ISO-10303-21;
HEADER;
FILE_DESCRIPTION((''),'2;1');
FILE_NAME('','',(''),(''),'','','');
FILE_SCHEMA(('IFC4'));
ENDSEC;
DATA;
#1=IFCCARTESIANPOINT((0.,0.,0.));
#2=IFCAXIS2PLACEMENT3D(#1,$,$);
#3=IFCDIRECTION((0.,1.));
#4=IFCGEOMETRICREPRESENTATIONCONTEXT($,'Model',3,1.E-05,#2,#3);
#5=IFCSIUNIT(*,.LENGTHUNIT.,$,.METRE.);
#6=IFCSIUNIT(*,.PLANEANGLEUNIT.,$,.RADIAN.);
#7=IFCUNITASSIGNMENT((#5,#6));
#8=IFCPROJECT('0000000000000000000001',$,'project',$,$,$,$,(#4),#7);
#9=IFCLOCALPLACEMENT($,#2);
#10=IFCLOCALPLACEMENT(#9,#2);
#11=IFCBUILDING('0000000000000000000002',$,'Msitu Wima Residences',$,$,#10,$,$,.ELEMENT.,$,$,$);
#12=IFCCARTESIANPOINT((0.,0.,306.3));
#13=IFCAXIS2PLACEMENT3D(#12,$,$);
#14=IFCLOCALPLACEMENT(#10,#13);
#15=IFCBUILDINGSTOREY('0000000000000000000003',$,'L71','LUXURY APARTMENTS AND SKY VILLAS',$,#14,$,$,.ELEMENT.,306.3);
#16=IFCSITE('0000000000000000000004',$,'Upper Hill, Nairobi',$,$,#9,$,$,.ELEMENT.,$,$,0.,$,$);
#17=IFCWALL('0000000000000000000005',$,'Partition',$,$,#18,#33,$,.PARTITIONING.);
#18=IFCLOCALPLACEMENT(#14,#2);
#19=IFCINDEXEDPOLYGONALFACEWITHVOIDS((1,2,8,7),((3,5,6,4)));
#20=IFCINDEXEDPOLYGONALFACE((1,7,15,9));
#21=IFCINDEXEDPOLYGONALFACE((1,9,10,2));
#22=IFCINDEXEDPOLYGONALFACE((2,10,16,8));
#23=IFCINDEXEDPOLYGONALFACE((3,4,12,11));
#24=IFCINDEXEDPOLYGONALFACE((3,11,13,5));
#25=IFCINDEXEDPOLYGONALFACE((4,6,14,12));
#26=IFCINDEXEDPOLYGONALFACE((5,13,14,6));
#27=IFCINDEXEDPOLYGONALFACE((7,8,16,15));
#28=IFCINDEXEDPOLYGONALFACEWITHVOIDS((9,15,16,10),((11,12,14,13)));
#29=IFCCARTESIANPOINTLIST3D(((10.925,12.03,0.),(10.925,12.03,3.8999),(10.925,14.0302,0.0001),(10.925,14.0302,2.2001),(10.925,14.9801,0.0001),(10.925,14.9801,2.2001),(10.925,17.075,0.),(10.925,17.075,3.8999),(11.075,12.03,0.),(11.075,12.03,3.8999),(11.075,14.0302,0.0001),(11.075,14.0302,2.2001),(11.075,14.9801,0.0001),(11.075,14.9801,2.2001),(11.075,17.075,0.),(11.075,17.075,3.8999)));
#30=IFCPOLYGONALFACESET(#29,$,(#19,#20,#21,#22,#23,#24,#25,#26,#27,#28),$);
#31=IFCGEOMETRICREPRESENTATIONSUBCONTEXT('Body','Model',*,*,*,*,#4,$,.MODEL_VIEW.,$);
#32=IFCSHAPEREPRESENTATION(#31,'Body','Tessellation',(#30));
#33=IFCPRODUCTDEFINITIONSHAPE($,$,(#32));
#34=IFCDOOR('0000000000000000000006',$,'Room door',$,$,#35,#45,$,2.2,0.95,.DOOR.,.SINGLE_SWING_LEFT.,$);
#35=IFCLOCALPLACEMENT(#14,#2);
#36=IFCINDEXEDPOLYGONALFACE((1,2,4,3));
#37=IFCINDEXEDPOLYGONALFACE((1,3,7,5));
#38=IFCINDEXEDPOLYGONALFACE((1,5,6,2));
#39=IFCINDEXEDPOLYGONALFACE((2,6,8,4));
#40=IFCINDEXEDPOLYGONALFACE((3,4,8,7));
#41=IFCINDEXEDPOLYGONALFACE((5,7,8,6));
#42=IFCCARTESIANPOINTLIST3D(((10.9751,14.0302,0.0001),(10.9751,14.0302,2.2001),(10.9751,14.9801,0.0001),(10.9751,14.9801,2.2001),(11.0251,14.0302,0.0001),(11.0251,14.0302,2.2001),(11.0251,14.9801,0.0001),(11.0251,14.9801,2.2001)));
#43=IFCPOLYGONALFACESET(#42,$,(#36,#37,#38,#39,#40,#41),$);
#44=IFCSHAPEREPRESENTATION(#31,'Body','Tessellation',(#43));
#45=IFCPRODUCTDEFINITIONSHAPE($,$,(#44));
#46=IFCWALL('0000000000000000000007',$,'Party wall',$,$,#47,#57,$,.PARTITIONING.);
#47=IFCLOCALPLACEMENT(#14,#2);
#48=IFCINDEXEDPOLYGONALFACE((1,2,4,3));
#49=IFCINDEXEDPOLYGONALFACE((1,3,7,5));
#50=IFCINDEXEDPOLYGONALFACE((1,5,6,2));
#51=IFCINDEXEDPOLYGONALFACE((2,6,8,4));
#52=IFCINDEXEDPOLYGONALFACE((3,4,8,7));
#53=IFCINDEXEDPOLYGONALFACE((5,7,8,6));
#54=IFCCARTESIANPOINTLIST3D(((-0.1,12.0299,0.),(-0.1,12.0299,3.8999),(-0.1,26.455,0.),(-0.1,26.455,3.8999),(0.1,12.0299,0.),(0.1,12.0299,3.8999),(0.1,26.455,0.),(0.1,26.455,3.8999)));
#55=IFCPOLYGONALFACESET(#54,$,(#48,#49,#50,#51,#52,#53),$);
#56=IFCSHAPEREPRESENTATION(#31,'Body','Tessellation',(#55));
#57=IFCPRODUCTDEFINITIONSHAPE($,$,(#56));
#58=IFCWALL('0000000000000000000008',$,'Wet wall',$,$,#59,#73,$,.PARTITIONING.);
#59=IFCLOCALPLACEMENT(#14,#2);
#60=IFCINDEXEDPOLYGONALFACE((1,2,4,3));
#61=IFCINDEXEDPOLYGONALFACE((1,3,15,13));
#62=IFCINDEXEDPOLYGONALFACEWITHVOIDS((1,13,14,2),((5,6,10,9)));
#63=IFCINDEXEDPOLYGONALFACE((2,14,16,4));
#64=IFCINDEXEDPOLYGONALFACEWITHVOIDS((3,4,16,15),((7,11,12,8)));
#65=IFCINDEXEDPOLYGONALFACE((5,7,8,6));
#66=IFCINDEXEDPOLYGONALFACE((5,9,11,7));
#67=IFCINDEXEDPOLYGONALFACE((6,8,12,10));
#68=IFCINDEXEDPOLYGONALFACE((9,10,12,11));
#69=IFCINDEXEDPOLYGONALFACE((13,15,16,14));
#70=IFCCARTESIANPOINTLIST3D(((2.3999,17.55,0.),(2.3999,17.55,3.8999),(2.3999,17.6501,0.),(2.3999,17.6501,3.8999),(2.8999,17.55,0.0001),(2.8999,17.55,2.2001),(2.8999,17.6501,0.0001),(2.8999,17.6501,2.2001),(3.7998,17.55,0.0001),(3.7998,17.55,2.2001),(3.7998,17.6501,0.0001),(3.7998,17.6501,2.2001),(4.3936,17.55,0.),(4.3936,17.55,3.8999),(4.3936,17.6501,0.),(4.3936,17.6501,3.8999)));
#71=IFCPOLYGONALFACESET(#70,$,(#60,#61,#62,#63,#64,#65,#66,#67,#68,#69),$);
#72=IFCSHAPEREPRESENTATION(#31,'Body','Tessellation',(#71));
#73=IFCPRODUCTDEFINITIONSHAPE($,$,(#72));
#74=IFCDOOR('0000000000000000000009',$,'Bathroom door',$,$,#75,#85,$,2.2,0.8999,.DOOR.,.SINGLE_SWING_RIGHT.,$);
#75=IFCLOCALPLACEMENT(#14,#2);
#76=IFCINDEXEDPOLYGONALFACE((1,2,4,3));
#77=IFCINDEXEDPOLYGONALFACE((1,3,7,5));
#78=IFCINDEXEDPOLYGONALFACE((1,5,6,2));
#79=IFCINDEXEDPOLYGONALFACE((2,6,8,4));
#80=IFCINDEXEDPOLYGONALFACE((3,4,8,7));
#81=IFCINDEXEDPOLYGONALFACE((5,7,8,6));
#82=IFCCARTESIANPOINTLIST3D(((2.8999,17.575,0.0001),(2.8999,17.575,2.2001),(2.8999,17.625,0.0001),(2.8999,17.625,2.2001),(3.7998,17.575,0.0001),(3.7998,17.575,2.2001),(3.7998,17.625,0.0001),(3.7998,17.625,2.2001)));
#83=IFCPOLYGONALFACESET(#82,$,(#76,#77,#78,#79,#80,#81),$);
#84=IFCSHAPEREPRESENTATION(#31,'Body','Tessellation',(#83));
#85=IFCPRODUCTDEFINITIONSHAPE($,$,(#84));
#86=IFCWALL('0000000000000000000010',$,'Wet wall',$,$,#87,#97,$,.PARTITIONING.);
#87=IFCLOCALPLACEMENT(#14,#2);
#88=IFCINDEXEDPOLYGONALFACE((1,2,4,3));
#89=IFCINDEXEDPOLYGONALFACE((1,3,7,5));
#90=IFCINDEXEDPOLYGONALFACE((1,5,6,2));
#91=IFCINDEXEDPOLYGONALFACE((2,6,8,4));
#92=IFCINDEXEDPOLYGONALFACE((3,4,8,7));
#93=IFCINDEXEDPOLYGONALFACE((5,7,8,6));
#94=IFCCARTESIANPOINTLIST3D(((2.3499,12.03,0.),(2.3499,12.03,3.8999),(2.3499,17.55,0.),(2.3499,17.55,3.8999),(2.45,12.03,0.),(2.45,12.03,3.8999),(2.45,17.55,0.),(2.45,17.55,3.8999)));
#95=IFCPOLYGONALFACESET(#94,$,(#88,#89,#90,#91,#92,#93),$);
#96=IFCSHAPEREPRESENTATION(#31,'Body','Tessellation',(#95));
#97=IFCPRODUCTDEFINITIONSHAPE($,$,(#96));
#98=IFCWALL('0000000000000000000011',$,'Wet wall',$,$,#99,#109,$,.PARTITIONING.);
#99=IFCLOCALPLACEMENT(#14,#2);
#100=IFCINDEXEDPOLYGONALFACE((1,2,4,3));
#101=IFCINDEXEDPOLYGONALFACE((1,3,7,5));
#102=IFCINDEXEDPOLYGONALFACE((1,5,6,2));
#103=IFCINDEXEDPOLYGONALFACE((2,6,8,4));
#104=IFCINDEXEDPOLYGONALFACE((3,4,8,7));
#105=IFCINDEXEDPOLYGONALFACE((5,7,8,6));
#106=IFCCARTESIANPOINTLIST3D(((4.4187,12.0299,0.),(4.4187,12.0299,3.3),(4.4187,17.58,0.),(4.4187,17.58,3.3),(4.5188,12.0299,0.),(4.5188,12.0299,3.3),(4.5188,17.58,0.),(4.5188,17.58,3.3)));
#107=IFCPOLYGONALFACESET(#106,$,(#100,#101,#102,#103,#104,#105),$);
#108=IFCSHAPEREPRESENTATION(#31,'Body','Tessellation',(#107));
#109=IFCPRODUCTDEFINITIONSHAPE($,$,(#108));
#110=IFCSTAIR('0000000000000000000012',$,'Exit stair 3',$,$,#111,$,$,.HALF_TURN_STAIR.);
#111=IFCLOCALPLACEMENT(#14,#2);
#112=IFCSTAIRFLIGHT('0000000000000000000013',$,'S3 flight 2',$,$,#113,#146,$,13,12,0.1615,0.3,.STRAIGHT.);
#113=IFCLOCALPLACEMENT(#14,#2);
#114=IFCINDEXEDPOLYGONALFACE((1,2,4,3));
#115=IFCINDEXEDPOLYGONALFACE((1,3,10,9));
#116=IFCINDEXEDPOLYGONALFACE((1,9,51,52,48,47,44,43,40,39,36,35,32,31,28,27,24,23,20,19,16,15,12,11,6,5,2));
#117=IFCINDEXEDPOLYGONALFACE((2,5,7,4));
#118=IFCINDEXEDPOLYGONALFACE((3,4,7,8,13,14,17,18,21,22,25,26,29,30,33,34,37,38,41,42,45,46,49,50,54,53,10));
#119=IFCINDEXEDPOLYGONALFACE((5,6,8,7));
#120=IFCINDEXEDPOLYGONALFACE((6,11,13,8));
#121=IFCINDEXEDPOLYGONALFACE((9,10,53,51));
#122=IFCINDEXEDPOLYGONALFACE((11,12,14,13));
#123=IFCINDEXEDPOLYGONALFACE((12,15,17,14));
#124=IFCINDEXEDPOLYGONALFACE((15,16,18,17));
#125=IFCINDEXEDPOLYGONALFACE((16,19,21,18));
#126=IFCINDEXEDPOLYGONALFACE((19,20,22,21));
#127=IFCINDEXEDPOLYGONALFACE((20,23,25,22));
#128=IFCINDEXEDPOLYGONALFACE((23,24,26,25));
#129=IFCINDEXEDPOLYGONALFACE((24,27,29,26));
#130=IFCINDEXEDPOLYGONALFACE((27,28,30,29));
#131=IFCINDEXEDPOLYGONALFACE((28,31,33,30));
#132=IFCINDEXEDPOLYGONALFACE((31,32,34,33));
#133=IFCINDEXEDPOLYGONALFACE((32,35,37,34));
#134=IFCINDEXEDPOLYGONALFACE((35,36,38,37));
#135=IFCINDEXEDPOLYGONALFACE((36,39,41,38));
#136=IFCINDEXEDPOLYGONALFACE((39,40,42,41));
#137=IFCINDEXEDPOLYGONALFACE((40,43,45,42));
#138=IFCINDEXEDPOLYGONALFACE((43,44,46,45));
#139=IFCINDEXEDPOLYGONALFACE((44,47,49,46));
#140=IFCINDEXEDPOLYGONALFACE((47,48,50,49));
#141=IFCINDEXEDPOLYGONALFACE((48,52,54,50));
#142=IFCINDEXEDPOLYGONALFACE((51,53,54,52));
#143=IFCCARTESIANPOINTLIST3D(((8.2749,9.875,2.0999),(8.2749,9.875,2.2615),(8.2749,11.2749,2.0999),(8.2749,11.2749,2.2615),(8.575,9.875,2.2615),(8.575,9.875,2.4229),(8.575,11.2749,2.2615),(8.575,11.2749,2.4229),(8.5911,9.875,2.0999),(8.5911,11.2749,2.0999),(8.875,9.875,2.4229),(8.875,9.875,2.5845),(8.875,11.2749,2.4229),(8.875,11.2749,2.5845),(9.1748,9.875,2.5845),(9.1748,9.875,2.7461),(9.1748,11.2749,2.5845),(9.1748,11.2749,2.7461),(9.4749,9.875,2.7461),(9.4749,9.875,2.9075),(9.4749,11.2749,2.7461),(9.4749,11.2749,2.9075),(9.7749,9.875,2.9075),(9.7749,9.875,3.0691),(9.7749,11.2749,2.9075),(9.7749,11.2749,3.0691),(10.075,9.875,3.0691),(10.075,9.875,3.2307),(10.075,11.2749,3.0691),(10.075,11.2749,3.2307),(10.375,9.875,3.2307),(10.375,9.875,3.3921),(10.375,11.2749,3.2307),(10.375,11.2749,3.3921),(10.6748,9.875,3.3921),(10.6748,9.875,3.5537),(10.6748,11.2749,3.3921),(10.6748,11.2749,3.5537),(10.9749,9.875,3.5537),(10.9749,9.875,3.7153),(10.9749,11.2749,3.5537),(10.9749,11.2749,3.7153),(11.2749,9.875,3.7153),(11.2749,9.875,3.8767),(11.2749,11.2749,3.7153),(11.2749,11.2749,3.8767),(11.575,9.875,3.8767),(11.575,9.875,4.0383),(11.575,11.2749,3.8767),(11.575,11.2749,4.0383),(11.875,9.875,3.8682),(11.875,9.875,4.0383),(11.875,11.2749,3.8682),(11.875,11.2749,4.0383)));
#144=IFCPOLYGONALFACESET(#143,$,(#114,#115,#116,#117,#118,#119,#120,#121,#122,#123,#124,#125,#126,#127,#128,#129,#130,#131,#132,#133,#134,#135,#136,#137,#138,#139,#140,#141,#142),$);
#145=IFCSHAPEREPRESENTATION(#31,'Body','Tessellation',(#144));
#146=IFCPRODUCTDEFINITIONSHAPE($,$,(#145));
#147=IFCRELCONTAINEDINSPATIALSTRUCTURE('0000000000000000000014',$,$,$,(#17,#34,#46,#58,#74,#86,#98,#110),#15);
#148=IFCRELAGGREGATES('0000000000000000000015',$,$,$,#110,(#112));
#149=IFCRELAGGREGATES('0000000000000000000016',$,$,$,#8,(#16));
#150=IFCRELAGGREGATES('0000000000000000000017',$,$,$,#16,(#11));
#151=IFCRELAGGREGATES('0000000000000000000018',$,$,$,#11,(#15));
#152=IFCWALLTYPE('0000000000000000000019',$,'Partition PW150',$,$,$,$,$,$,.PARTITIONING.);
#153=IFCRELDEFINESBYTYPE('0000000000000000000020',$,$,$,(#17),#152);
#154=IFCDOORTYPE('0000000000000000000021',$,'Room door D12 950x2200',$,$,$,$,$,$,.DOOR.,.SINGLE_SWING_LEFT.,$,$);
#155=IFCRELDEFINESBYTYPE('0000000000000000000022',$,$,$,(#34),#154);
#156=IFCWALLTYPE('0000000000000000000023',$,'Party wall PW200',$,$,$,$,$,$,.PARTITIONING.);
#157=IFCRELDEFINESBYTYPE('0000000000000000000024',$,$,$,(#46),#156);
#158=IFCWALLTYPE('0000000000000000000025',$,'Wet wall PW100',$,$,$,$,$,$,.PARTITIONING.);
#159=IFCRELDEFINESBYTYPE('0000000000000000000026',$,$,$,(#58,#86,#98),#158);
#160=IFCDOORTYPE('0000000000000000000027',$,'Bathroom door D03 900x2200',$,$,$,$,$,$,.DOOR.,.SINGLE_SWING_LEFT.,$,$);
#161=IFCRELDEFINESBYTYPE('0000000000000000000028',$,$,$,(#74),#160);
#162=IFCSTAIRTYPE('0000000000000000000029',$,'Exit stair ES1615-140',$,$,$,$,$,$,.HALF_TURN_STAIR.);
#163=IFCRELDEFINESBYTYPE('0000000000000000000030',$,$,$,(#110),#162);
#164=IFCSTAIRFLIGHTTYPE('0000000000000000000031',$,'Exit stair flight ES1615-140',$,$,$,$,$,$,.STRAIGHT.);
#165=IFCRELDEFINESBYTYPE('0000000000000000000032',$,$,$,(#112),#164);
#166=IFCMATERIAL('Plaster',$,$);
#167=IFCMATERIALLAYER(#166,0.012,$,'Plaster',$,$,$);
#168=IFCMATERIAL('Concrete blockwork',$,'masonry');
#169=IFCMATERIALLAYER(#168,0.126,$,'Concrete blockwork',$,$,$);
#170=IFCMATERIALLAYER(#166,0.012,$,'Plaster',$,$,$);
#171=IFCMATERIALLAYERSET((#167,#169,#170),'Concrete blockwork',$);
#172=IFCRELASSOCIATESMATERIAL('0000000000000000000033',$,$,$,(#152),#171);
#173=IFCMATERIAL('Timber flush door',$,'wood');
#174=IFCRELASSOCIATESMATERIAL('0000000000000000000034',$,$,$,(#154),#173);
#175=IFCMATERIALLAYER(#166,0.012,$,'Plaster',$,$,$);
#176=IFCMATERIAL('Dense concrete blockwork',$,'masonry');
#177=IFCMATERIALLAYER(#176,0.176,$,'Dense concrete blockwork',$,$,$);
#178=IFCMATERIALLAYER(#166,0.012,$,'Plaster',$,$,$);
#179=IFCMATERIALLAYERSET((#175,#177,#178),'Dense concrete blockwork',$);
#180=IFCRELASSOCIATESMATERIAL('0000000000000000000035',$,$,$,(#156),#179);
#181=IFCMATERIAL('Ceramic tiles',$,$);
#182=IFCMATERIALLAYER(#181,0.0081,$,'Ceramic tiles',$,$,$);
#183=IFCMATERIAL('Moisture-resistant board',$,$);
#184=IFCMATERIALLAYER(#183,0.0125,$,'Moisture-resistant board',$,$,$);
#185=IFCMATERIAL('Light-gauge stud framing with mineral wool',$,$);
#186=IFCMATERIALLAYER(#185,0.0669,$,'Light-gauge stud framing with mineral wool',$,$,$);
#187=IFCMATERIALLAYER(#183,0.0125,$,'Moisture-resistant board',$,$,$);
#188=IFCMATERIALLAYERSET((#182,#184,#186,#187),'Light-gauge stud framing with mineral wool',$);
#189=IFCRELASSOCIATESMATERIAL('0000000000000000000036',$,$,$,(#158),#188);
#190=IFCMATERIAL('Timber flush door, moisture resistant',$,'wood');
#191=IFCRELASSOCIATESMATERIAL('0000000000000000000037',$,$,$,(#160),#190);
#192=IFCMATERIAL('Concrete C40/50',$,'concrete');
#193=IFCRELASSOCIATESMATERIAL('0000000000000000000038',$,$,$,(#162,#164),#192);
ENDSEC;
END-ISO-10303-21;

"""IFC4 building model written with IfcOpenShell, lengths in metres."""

from ifc_helpers import new_model, si_unit, direction, frame, frame_2d, origin, place, context, subcontext, project, spatial, polyline, rectangle, outline, extrude, material, layer, layer_set, type_object, element, fill, aggregate, save


model = new_model("IFC4")

# Units and contexts
model_context = context("Model", 3, precision=1e-05, world=origin(), true_north=direction((0.0, 1.0)))
body_context = subcontext(model_context, "Body", "Model", "MODEL_VIEW")
ifc_project = project(units=[si_unit("LENGTHUNIT", "METRE"), si_unit("PLANEANGLEUNIT", "RADIAN")], contexts=[model_context])

# Site, building, storey
site_placement = place(None, origin())
site = spatial("IfcSite", under=ifc_project, at=site_placement, Name="Upper Hill, Nairobi", CompositionType="ELEMENT", RefElevation=0.0)
building_placement = place(site_placement, origin())
building = spatial("IfcBuilding", under=site, at=building_placement, Name="Msitu Wima Residences", CompositionType="ELEMENT")
storey_placement = place(building_placement, frame((0.0, 0.0, 306.3)))
storey = spatial("IfcBuildingStorey", under=building, at=storey_placement, Name="L71", Description="LUXURY APARTMENTS AND SKY VILLAS", CompositionType="ELEMENT", Elevation=306.3)

# Shared definitions
ifc_material_1 = material(Name="Concrete C40/50", Category="concrete")

# Shared definitions
ifc_material_2 = material(Name="Plaster")
ifc_layer_1 = layer(ifc_material_2, 0.012, Name="Plaster")
ifc_material_3 = material(Name="Concrete blockwork", Category="masonry")
ifc_layer_2 = layer(ifc_material_3, 0.126, Name="Concrete blockwork")
ifc_layer_3 = layer(ifc_material_2, 0.012, Name="Plaster")
ifc_layer_set_1 = layer_set([ifc_layer_1, ifc_layer_2, ifc_layer_3], Name="Concrete blockwork")
wall_type_1 = type_object("IfcWallType", Name="Partition PW150", PredefinedType="PARTITIONING", material=ifc_layer_set_1)
ifc_material_4 = material(Name="Timber flush door", Category="wood")
door_type_1 = type_object("IfcDoorType", Name="Room door D12 950x2200", OperationType="SINGLE_SWING_LEFT", PredefinedType="DOOR", material=ifc_material_4)

# Wall, opening, door
wall_1_placement = place(storey_placement, frame((11.0, 12.03, 0.0), z_axis=(0.0, 0.0, 1.0), x_axis=(0.0, 1.0, 0.0)))
wall_1 = element("IfcWall", 1, at=wall_1_placement, inside=storey, type_object=wall_type_1, Name="Partition", PredefinedType="PARTITIONING", context=body_context, shape_type="SweptSolid", body=[
    extrude(rectangle(XDim=5.0449, YDim=0.1499, at=frame_2d((2.5225, 0.0))), origin(), (0.0, 0.0, 1.0), 3.8999),
])
opening_1_placement = place(wall_1_placement, frame((2.0, 0.0, 0.0)))
opening_1 = element("IfcOpeningElement", 2, at=opening_1_placement, cuts=wall_1, PredefinedType="OPENING", context=body_context, shape_type="SweptSolid", body=[
    extrude(rectangle(XDim=0.95, YDim=2.2, at=frame_2d((0.4751, 1.1001))), frame((0.0, 0.085, 0.0), z_axis=(0.0, -1.0, 0.0), x_axis=(1.0, 0.0, 0.0)), (0.0, 0.0, 1.0), 0.1699),
])
door_1_placement = place(opening_1_placement, origin())
door_1 = element("IfcDoor", 3, at=door_1_placement, inside=storey, type_object=door_type_1, Name="Room door", OperationType="SINGLE_SWING_LEFT", OverallHeight=2.2, OverallWidth=0.95, PredefinedType="DOOR", context=body_context, shape_type="SweptSolid", body=[
    extrude(rectangle(XDim=0.95, YDim=2.2, at=frame_2d((0.4751, 1.1001))), frame((0.0, 0.0249, 0.0), z_axis=(0.0, -1.0, 0.0), x_axis=(1.0, 0.0, 0.0)), (0.0, 0.0, 1.0), 0.05),
])
fill(opening_1, door_1)

# Wall
ifc_layer_4 = layer(ifc_material_2, 0.012, Name="Plaster")
ifc_material_5 = material(Name="Dense concrete blockwork", Category="masonry")
ifc_layer_5 = layer(ifc_material_5, 0.176, Name="Dense concrete blockwork")
ifc_layer_6 = layer(ifc_material_2, 0.012, Name="Plaster")
ifc_layer_set_2 = layer_set([ifc_layer_4, ifc_layer_5, ifc_layer_6], Name="Dense concrete blockwork")
wall_type_2 = type_object("IfcWallType", Name="Party wall PW200", PredefinedType="PARTITIONING", material=ifc_layer_set_2)
wall_2_placement = place(storey_placement, frame((0.0, 12.03, 0.0), z_axis=(0.0, 0.0, 1.0), x_axis=(0.0, 1.0, 0.0)))
element("IfcWall", 4, at=wall_2_placement, inside=storey, type_object=wall_type_2, Name="Party wall", PredefinedType="PARTITIONING", context=body_context, shape_type="SweptSolid", body=[
    extrude(rectangle(XDim=14.425, YDim=0.2, at=frame_2d((7.2124, 0.0))), origin(), (0.0, 0.0, 1.0), 3.8999),
])

# Wall, opening, door
ifc_material_6 = material(Name="Ceramic tiles")
ifc_layer_7 = layer(ifc_material_6, 0.0081, Name="Ceramic tiles")
ifc_material_7 = material(Name="Moisture-resistant board")
ifc_layer_8 = layer(ifc_material_7, 0.0125, Name="Moisture-resistant board")
ifc_material_8 = material(Name="Light-gauge stud framing with mineral wool")
ifc_layer_9 = layer(ifc_material_8, 0.0669, Name="Light-gauge stud framing with mineral wool")
ifc_layer_10 = layer(ifc_material_7, 0.0125, Name="Moisture-resistant board")
ifc_layer_set_3 = layer_set([ifc_layer_7, ifc_layer_8, ifc_layer_9, ifc_layer_10], Name="Light-gauge stud framing with mineral wool")
wall_type_3 = type_object("IfcWallType", Name="Wet wall PW100", PredefinedType="PARTITIONING", material=ifc_layer_set_3)
wall_3_placement = place(storey_placement, frame((2.3999, 17.6001, 0.0), z_axis=(0.0, 0.0, 1.0), x_axis=(1.0, 0.0, 0.0)))
wall_3 = element("IfcWall", 5, at=wall_3_placement, inside=storey, type_object=wall_type_3, Name="Wet wall", PredefinedType="PARTITIONING", context=body_context, shape_type="SweptSolid", body=[
    extrude(rectangle(XDim=1.9937, YDim=0.1001, at=frame_2d((0.9968, 0.0))), origin(), (0.0, 0.0, 1.0), 3.8999),
])
opening_2_placement = place(wall_3_placement, frame((0.5, 0.0, 0.0)))
opening_2 = element("IfcOpeningElement", 6, at=opening_2_placement, cuts=wall_3, PredefinedType="OPENING", context=body_context, shape_type="SweptSolid", body=[
    extrude(rectangle(XDim=0.8999, YDim=2.2, at=frame_2d((0.45, 1.1001))), frame((0.0, 0.0601, 0.0), z_axis=(0.0, -1.0, 0.0), x_axis=(1.0, 0.0, 0.0)), (0.0, 0.0, 1.0), 0.1201),
])
ifc_material_9 = material(Name="Timber flush door, moisture resistant", Category="wood")
door_type_2 = type_object("IfcDoorType", Name="Bathroom door D03 900x2200", OperationType="SINGLE_SWING_LEFT", PredefinedType="DOOR", material=ifc_material_9)
door_2_placement = place(opening_2_placement, origin())
door_2 = element("IfcDoor", 7, at=door_2_placement, inside=storey, type_object=door_type_2, Name="Bathroom door", OperationType="SINGLE_SWING_RIGHT", OverallHeight=2.2, OverallWidth=0.8999, PredefinedType="DOOR", context=body_context, shape_type="SweptSolid", body=[
    extrude(rectangle(XDim=0.8999, YDim=2.2, at=frame_2d((0.45, 1.1001))), frame((0.0, 0.0249, 0.0), z_axis=(0.0, -1.0, 0.0), x_axis=(1.0, 0.0, 0.0)), (0.0, 0.0, 1.0), 0.05),
])
fill(opening_2, door_2)

# Walls
wall_4_placement = place(storey_placement, frame((2.3999, 12.03, 0.0), z_axis=(0.0, 0.0, 1.0), x_axis=(0.0, 1.0, 0.0)))
element("IfcWall", 8, at=wall_4_placement, inside=storey, type_object=wall_type_3, Name="Wet wall", PredefinedType="PARTITIONING", context=body_context, shape_type="SweptSolid", body=[
    extrude(rectangle(XDim=5.52, YDim=0.1001, at=frame_2d((2.76, 0.0))), origin(), (0.0, 0.0, 1.0), 3.8999),
])
wall_5_placement = place(storey_placement, frame((4.4688, 12.03, 0.0), z_axis=(0.0, 0.0, 1.0), x_axis=(0.0, 1.0, 0.0)))
element("IfcWall", 9, at=wall_5_placement, inside=storey, type_object=wall_type_3, Name="Wet wall", PredefinedType="PARTITIONING", context=body_context, shape_type="SweptSolid", body=[
    extrude(rectangle(XDim=5.55, YDim=0.1001, at=frame_2d((2.7749, 0.0))), origin(), (0.0, 0.0, 1.0), 3.3),
])

# Stair, stair flight
stair_type = type_object("IfcStairType", Name="Exit stair ES1615-140", PredefinedType="HALF_TURN_STAIR", material=ifc_material_1)
stair_placement = place(storey_placement, origin())
stair = element("IfcStair", 10, at=stair_placement, inside=storey, type_object=stair_type, Name="Exit stair 3", PredefinedType="HALF_TURN_STAIR")
stair_flight_type = type_object("IfcStairFlightType", Name="Exit stair flight ES1615-140", PredefinedType="STRAIGHT", material=ifc_material_1)
stair_flight_placement = place(storey_placement, frame((8.2749, 10.575, 2.0999), z_axis=(0.0, 0.0, 1.0), x_axis=(1.0, 0.0, 0.0)))
stair_flight = element("IfcStairFlight", 11, at=stair_flight_placement, type_object=stair_flight_type, Name="S3 flight 2", NumberOfRisers=13, NumberOfTreads=12, PredefinedType="STRAIGHT", RiserHeight=0.1615, TreadLength=0.3, context=body_context, shape_type="SweptSolid", body=[
    extrude(outline(polyline([(0.0, 0.0), (0.0, 0.1616), (0.3, 0.1616), (0.3, 0.323), (0.6001, 0.323), (0.6001, 0.4846), (0.8999, 0.4846), (0.8999, 0.6462), (1.2, 0.6462), (1.2, 0.8076), (1.5, 0.8076), (1.5, 0.9692), (1.8, 0.9692), (1.8, 1.1309), (2.1001, 1.1309), (2.1001, 1.2922), (2.3999, 1.2922), (2.3999, 1.4539), (2.7, 1.4539), (2.7, 1.6155), (3.0, 1.6155), (3.0, 1.7769), (3.3, 1.7769), (3.3, 1.9385), (3.6001, 1.9385), (3.6001, 2.1001), (3.6001, 1.7683), (0.3162, 0.0), (0.0, 0.0)])), frame((0.0, 0.7, 0.0), z_axis=(0.0, -1.0, 0.0), x_axis=(1.0, 0.0, 0.0)), (0.0, 0.0, 1.0), 1.3999),
])
aggregate(stair, [stair_flight])

save(model, "model.ifc")
